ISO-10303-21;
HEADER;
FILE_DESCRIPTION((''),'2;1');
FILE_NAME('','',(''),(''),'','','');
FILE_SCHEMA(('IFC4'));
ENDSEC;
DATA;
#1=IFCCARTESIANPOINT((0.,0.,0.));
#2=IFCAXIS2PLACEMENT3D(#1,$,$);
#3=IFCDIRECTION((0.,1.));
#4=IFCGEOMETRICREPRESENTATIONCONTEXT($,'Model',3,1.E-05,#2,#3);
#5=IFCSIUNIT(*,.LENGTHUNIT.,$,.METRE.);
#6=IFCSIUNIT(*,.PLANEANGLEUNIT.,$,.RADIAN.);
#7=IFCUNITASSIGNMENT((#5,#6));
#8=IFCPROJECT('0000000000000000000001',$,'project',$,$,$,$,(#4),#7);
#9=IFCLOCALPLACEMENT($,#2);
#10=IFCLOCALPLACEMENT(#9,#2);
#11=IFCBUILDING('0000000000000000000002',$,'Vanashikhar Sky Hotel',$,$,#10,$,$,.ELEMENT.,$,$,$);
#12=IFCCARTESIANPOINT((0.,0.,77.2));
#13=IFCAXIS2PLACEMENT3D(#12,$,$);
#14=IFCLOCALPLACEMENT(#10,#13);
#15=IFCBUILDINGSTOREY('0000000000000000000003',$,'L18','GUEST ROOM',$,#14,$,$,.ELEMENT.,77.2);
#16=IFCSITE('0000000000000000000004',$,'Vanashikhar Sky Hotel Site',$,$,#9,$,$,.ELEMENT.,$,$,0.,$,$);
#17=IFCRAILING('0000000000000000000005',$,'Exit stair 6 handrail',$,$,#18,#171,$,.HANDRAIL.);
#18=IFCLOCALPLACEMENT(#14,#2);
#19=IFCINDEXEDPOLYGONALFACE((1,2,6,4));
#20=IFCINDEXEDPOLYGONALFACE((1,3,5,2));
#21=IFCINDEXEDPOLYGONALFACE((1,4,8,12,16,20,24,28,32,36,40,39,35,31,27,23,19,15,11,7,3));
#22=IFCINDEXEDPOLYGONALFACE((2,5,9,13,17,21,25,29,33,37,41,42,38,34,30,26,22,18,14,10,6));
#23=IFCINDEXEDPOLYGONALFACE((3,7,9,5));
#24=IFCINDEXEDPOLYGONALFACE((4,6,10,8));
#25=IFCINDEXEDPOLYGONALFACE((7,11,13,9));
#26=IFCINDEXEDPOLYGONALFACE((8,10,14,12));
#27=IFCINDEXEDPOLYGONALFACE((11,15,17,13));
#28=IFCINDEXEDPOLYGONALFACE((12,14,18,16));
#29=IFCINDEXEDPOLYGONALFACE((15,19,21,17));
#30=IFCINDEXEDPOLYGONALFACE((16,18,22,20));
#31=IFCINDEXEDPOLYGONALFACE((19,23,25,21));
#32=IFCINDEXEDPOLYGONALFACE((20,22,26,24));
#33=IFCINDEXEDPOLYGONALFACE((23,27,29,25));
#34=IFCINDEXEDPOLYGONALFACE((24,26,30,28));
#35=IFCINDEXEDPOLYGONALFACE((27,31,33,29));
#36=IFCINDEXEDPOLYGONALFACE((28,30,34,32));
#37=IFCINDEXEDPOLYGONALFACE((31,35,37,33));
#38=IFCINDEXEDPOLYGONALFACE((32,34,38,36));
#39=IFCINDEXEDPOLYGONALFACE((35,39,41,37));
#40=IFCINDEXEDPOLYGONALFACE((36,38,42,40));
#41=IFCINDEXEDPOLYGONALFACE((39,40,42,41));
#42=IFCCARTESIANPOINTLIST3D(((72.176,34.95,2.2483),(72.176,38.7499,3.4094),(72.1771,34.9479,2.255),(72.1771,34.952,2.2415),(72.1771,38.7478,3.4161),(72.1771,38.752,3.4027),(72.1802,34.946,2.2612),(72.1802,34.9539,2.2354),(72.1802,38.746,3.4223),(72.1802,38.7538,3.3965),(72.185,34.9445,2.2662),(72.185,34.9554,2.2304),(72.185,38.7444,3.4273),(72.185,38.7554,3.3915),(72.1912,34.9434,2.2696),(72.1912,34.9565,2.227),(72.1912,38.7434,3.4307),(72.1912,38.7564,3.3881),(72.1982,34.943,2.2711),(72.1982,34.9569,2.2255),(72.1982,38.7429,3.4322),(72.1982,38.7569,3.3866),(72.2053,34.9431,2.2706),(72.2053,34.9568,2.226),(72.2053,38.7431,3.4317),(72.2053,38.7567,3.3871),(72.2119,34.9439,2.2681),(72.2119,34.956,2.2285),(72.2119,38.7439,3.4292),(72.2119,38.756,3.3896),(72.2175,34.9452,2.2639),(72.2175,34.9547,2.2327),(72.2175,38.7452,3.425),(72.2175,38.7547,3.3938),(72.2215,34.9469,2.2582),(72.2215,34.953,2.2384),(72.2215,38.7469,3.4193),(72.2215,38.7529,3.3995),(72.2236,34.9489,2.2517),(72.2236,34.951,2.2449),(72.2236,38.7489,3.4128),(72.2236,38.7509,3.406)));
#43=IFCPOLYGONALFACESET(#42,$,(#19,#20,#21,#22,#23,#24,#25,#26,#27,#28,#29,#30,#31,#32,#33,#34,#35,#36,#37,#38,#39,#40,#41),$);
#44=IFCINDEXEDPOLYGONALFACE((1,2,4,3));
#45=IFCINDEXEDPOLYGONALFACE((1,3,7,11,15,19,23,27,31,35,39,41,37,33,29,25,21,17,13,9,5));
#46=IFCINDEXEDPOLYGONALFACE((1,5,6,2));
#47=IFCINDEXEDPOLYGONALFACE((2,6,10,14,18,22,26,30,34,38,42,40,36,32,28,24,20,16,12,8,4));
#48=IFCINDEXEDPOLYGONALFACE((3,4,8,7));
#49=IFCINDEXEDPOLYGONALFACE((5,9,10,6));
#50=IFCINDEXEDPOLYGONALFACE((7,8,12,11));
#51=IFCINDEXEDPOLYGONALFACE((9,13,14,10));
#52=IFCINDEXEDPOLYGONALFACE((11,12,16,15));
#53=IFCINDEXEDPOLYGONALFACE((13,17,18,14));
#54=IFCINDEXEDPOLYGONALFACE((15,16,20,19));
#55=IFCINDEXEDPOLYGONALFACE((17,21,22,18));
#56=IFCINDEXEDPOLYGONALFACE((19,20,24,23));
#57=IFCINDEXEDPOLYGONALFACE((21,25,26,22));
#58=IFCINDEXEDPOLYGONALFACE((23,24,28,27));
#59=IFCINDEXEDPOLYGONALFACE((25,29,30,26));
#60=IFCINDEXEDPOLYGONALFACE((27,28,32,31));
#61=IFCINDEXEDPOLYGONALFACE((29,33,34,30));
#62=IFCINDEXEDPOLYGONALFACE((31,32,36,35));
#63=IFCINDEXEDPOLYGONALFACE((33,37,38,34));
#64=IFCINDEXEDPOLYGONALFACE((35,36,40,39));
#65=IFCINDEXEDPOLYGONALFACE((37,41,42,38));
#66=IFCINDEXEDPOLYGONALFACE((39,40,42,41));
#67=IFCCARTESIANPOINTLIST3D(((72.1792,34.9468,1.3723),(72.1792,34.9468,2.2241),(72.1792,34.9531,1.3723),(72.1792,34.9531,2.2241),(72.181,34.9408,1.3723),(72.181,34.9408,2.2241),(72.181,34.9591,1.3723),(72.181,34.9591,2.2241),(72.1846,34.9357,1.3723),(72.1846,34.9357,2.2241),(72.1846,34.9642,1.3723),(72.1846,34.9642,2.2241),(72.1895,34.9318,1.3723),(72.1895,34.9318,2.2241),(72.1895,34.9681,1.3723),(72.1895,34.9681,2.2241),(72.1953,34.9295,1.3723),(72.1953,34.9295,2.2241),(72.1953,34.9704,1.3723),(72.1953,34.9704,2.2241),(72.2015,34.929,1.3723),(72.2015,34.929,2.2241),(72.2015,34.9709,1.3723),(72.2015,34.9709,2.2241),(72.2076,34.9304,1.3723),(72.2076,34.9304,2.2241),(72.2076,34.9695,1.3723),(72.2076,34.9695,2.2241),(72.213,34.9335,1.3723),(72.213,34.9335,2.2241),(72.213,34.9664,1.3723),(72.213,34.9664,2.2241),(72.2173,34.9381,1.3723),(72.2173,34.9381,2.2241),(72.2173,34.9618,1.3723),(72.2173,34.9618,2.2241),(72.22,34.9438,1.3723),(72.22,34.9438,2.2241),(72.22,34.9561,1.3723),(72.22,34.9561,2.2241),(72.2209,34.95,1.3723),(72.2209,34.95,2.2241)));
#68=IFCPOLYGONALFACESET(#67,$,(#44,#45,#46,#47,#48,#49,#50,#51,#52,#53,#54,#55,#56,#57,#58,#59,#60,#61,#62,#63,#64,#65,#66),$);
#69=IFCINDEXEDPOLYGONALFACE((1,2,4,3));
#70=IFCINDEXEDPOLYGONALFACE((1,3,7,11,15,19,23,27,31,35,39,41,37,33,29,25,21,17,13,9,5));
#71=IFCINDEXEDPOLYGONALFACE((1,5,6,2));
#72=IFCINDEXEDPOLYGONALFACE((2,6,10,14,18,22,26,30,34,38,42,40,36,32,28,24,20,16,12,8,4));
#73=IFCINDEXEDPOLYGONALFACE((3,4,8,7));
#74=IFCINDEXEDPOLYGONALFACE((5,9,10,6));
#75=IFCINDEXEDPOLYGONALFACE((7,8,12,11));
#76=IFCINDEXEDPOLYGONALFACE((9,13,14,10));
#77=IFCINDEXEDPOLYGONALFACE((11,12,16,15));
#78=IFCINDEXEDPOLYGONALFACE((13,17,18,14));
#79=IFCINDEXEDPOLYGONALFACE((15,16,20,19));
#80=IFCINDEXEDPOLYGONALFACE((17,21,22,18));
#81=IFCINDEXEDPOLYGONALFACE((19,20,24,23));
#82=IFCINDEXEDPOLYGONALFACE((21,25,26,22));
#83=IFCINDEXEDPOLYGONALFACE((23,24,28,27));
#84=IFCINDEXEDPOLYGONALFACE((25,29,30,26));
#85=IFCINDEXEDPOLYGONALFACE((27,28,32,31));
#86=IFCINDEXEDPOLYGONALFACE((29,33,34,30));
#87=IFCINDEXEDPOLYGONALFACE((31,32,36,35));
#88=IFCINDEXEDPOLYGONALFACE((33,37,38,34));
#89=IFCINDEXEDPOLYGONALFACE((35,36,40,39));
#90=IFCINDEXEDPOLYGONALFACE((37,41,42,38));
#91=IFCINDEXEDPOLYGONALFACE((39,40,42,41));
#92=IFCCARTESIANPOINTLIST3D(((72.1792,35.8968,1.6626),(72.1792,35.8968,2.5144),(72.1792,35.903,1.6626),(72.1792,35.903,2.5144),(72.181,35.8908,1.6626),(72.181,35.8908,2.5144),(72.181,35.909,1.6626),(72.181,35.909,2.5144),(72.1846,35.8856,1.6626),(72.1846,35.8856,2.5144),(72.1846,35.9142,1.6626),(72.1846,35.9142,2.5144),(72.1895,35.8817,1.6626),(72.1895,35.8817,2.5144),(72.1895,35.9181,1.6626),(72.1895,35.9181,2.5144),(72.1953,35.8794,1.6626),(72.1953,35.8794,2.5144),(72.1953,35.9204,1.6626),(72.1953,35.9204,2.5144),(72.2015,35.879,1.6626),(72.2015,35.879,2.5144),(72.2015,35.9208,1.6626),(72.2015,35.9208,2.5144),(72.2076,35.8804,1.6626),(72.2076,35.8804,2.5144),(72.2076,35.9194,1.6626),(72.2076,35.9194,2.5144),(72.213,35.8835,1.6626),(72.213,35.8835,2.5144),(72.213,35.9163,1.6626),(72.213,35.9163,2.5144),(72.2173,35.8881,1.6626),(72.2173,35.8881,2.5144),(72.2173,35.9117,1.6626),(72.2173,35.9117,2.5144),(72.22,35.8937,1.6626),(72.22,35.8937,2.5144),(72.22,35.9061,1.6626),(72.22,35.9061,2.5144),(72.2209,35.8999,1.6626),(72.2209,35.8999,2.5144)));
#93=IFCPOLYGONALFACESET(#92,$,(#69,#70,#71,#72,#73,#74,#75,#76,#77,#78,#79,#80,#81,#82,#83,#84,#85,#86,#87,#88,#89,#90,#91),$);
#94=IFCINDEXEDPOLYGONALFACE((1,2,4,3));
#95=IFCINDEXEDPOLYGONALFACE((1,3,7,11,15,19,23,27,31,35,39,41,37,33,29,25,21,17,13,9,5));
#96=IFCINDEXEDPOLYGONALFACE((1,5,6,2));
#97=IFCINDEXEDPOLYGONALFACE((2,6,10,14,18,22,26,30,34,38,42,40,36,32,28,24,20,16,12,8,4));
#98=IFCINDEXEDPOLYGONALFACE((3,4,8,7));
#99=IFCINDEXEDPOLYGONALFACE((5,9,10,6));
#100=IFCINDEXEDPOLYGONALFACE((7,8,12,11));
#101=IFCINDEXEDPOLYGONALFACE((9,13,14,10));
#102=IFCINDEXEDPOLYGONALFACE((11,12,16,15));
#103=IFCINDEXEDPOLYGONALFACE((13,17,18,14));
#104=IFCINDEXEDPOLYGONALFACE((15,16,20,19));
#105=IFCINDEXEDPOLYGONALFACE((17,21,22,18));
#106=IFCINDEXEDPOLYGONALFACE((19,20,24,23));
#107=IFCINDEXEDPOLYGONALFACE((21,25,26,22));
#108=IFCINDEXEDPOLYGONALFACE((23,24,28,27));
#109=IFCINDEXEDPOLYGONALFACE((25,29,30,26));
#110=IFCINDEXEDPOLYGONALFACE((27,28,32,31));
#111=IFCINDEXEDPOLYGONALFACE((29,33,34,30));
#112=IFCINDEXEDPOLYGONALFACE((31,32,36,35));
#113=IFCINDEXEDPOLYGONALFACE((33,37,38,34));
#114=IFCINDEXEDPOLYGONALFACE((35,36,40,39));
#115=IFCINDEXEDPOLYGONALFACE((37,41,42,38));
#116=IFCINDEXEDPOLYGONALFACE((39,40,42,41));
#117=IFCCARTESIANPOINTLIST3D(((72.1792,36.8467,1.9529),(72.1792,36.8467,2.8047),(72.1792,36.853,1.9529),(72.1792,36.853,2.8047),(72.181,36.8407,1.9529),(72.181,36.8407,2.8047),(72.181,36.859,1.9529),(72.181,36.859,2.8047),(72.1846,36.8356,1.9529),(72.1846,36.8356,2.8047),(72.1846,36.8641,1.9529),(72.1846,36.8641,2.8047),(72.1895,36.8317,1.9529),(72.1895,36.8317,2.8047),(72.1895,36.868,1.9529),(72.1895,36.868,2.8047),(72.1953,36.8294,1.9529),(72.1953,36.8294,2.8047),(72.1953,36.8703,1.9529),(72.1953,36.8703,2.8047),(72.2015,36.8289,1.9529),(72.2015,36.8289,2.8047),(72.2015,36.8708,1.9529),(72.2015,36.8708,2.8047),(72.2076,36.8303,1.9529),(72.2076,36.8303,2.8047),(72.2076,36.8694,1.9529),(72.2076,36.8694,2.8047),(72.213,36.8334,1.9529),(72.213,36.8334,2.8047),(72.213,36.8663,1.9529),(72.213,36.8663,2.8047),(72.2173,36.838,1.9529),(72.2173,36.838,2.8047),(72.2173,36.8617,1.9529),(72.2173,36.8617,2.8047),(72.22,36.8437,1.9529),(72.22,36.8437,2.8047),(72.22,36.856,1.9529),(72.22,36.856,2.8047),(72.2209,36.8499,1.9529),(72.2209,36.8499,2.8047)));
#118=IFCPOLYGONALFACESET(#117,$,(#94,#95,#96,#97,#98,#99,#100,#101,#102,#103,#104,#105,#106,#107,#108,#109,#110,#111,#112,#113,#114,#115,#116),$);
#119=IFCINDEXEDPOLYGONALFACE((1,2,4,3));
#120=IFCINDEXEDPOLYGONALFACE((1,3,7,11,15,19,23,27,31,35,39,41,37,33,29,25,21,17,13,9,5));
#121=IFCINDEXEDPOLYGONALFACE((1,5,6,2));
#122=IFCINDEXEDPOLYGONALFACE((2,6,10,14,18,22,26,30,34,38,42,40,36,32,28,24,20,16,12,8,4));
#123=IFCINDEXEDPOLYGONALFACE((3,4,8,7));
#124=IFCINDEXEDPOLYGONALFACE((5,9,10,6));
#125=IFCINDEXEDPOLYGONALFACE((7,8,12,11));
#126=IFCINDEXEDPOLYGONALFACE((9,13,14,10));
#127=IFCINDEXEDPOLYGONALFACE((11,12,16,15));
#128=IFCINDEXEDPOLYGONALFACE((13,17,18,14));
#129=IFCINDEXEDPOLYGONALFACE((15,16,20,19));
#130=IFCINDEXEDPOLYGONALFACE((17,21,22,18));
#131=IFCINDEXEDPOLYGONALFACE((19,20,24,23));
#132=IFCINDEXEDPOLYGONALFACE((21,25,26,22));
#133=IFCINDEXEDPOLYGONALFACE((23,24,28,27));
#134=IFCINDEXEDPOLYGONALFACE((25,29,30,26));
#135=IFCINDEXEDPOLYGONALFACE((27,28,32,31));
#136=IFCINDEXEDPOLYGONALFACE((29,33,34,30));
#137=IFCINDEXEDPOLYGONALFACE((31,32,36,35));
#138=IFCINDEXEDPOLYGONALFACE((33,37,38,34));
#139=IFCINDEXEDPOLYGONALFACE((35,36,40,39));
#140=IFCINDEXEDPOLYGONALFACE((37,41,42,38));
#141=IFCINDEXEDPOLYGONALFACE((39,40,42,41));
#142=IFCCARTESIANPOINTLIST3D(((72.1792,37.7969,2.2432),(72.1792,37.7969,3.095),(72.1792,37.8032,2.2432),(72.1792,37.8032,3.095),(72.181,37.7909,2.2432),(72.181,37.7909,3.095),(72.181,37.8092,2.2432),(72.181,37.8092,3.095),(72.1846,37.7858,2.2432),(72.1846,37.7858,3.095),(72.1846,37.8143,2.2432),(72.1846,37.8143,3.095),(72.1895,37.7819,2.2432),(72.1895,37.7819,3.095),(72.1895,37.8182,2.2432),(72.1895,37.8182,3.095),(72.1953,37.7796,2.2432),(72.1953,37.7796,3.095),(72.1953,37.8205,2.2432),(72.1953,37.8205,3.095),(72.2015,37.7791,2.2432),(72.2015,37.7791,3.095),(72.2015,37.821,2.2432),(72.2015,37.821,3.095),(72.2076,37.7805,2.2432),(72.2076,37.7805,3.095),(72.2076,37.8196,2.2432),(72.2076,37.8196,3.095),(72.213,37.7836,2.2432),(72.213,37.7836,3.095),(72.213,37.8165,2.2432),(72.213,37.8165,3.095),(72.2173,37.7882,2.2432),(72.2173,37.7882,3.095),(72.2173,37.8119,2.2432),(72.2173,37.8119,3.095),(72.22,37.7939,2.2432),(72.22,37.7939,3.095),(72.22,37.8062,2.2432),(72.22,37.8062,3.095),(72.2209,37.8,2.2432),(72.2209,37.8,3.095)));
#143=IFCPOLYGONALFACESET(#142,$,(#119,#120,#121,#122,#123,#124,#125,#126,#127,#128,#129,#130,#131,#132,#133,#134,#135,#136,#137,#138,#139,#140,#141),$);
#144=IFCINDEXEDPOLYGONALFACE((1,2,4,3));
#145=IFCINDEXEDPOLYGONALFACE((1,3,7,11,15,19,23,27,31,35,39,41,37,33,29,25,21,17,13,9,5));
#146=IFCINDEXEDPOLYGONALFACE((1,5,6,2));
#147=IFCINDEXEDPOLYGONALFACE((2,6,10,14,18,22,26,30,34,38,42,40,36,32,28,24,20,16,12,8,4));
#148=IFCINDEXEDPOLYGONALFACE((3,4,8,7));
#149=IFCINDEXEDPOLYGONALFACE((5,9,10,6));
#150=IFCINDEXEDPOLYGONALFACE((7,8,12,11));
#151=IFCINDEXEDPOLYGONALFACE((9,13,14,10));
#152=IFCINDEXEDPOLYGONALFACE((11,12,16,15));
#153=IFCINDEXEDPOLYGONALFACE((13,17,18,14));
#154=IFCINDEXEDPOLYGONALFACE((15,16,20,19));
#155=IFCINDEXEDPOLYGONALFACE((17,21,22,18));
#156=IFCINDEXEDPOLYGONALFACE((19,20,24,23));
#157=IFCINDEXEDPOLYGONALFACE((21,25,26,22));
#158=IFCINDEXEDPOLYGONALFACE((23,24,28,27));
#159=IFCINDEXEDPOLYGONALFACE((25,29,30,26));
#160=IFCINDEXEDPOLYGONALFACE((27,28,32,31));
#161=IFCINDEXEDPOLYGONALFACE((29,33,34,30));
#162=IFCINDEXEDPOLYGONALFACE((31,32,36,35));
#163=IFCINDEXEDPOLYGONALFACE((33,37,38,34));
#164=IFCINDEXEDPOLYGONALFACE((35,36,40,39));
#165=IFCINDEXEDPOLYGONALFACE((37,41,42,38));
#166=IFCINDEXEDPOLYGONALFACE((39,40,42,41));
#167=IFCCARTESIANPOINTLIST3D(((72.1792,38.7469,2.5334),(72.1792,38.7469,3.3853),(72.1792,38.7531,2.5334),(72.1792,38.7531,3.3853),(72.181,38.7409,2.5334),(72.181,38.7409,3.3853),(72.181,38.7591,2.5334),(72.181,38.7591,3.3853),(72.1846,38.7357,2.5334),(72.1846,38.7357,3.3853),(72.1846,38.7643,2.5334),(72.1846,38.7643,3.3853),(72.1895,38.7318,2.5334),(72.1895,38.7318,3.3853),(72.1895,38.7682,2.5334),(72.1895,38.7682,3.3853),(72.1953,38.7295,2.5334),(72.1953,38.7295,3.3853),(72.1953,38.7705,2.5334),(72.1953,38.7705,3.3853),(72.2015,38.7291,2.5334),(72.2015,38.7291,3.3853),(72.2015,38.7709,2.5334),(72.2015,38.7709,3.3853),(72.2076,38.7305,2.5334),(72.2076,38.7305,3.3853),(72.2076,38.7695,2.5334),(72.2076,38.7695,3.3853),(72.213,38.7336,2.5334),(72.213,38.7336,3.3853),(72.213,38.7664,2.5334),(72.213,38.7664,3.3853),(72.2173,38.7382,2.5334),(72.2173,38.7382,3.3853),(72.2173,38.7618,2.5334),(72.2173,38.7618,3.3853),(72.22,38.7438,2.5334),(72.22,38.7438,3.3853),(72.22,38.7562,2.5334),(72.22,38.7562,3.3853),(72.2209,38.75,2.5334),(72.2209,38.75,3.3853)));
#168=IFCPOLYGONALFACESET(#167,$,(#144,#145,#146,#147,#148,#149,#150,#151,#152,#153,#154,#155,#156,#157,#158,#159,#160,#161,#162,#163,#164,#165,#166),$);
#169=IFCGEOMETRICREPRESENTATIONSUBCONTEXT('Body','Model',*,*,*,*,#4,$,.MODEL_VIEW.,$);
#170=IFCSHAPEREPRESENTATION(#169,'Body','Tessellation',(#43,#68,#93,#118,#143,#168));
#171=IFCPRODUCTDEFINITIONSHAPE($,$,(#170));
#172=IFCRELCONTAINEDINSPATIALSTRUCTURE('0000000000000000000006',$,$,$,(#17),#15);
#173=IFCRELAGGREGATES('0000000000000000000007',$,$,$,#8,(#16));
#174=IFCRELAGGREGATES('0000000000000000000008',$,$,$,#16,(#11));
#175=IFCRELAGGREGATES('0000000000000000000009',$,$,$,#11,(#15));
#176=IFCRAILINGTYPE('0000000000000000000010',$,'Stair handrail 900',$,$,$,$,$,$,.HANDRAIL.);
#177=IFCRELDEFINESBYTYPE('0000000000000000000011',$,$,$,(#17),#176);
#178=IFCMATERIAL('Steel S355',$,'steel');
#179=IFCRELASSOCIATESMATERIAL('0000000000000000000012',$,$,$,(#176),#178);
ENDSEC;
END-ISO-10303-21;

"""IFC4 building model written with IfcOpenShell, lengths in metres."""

from ifc_helpers import new_model, si_unit, direction, frame, origin, origin_2d, place, context, subcontext, project, spatial, circle, extrude, source, transform, mapped, material, type_object, element, save


model = new_model("IFC4")

# Units and contexts
model_context = context("Model", 3, precision=1e-05, world=origin(), true_north=direction((0.0, 1.0)))
body_context = subcontext(model_context, "Body", "Model", "MODEL_VIEW")
ifc_project = project(units=[si_unit("LENGTHUNIT", "METRE"), si_unit("PLANEANGLEUNIT", "RADIAN")], contexts=[model_context])

# Site, building, storey
site_placement = place(None, origin())
site = spatial("IfcSite", under=ifc_project, at=site_placement, Name="Vanashikhar Sky Hotel Site", CompositionType="ELEMENT", RefElevation=0.0)
building_placement = place(site_placement, origin())
building = spatial("IfcBuilding", under=site, at=building_placement, Name="Vanashikhar Sky Hotel", CompositionType="ELEMENT")
storey_placement = place(building_placement, frame((0.0, 0.0, 77.2)))
storey = spatial("IfcBuildingStorey", under=building, at=storey_placement, Name="L18", Description="GUEST ROOM", CompositionType="ELEMENT", Elevation=77.2)

# Railing
ifc_material_1 = material(Name="Steel S355", Category="steel")
railing_type_1 = type_object("IfcRailingType", Name="Stair handrail 900", PredefinedType="HANDRAIL", material=ifc_material_1)
shared_shape_1 = source(origin(), body_context, "Body", "SweptSolid", [
    extrude(circle(Radius=0.0239, at=origin_2d()), frame((0.0, 0.0, 0.876), z_axis=(0.0, 0.956351, 0.29222), x_axis=(-1.0, 0.0, 0.0)), (0.0, 0.0, 1.0), 3.9734),
    extrude(circle(Radius=0.021, at=origin_2d()), origin(), (0.0, 0.0, 1.0), 0.8518),
    extrude(circle(Radius=0.021, at=origin_2d()), frame((0.0, 0.95, 0.2903)), (0.0, 0.0, 1.0), 0.8518),
    extrude(circle(Radius=0.021, at=origin_2d()), frame((0.0, 1.8999, 0.5806)), (0.0, 0.0, 1.0), 0.8518),
    extrude(circle(Radius=0.021, at=origin_2d()), frame((0.0, 2.8501, 0.8708)), (0.0, 0.0, 1.0), 0.8518),
    extrude(circle(Radius=0.021, at=origin_2d()), frame((0.0, 3.8, 1.1611)), (0.0, 0.0, 1.0), 0.8518),
])
for number, where, name in (
    (1, (72.2, 34.95, 1.3723), "Exit stair 6 handrail"),
):
    element("IfcRailing", number, at=place(storey_placement, frame(where)), inside=storey, type_object=railing_type_1, Name=name, PredefinedType="HANDRAIL", context=body_context, shape_type="MappedRepresentation", body=[
        mapped(shared_shape_1, transform((0.0, 0.0, 0.0), scale=1.0)),
    ])

save(model, "model.ifc")
